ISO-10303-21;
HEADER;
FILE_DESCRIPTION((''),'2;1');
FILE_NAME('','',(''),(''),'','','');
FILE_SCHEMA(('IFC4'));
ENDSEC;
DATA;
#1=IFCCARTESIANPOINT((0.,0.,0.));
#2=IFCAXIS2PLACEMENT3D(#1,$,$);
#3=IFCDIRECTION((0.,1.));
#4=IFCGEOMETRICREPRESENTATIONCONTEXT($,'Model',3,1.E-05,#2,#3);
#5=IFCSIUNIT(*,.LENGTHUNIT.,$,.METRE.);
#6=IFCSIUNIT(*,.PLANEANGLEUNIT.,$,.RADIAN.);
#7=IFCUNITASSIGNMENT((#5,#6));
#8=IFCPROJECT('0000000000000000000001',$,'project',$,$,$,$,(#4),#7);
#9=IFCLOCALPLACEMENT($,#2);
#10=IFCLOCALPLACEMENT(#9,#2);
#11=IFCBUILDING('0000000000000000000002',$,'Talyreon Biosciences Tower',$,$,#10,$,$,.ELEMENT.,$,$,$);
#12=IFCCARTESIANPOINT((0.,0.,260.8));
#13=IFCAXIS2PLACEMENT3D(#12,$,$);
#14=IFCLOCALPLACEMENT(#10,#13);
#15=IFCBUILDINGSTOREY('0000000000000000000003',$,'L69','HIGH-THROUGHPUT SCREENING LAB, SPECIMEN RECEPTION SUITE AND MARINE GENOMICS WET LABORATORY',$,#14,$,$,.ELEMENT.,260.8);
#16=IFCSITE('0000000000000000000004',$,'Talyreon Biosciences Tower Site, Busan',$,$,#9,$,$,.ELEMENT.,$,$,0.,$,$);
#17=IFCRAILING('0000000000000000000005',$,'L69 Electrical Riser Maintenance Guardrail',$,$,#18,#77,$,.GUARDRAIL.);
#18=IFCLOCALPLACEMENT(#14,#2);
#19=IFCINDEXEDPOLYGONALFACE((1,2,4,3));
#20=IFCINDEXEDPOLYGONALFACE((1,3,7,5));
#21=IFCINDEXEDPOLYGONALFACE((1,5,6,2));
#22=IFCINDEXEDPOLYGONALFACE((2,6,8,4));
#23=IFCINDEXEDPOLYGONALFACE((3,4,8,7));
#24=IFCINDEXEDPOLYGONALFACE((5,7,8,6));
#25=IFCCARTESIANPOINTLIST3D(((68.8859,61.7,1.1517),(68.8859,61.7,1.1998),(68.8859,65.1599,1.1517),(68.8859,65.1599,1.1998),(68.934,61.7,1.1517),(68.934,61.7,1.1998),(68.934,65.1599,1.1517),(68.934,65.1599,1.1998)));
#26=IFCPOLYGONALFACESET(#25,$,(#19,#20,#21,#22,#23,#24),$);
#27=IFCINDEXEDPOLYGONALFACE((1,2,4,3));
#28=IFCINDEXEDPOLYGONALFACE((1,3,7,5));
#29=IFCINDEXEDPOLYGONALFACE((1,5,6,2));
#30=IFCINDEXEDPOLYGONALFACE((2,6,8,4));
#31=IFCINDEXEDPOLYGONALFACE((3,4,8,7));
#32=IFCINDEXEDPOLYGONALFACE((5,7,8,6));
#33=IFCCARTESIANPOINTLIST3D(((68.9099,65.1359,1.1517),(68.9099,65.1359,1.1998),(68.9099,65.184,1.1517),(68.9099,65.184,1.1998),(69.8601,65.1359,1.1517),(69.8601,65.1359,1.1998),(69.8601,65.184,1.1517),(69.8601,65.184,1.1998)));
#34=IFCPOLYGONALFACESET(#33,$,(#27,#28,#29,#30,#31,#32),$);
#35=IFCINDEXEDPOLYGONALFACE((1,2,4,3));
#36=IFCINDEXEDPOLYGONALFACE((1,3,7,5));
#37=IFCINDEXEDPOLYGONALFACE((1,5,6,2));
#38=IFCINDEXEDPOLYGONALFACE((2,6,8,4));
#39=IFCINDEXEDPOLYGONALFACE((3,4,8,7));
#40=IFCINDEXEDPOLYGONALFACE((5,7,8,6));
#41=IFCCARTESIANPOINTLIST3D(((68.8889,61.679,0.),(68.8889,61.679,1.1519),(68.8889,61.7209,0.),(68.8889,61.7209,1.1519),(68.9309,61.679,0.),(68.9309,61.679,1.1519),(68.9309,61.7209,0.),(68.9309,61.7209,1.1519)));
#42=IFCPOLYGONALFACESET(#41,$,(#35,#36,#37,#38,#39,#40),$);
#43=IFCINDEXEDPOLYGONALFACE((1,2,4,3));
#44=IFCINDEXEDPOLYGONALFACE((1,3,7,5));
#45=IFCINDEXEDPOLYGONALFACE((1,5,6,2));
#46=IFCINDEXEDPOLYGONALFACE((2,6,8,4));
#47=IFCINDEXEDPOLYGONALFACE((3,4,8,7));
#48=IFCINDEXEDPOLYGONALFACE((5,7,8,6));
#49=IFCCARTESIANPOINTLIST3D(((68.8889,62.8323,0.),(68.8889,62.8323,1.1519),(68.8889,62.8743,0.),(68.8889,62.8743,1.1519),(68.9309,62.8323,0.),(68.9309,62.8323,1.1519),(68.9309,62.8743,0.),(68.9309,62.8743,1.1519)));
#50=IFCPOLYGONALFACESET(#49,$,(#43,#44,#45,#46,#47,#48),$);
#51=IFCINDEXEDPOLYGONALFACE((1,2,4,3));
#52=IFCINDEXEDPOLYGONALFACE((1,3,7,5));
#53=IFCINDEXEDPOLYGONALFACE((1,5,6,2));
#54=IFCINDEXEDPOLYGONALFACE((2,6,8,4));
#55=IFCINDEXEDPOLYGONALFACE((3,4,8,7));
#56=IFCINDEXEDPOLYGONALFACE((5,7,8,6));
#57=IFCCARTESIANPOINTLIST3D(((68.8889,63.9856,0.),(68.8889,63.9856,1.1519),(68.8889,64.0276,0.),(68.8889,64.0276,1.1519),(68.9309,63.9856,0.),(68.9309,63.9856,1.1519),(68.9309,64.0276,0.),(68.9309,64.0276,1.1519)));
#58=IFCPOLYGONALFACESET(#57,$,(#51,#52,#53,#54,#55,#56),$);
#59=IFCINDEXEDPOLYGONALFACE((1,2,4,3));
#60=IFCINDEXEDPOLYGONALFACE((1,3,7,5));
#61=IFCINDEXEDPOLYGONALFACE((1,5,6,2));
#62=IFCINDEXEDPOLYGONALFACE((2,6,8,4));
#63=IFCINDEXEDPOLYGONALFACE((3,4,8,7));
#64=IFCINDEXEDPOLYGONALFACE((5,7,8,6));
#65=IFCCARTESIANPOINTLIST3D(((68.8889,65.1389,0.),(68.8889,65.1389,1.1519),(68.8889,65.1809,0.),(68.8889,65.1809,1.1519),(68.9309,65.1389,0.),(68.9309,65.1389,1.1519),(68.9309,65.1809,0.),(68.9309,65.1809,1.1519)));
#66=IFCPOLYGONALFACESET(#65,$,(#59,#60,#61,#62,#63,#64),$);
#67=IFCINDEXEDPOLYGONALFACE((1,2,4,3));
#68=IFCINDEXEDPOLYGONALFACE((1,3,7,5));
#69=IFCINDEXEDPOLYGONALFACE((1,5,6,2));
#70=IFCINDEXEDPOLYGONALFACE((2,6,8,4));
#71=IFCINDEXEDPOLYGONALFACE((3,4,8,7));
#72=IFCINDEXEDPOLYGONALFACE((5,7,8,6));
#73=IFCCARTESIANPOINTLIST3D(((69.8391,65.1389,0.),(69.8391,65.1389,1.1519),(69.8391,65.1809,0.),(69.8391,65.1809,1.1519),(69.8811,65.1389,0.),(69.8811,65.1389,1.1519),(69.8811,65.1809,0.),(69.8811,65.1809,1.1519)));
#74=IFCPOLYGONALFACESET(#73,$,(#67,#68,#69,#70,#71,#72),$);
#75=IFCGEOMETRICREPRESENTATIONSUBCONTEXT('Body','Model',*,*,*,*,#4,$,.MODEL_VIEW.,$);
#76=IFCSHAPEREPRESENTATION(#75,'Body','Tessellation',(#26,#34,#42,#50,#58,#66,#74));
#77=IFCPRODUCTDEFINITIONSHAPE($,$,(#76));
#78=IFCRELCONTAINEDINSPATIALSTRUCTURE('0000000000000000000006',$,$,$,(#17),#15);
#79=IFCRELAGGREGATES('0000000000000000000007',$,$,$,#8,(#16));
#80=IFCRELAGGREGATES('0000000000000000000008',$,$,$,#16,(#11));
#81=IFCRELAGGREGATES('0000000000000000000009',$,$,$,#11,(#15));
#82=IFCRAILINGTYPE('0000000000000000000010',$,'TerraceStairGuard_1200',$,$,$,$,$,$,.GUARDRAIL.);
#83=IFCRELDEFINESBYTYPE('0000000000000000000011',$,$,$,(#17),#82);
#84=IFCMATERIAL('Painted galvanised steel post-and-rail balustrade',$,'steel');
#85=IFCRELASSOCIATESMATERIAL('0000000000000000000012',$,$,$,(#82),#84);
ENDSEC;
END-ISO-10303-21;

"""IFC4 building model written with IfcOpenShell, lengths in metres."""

from ifc_helpers import new_model, si_unit, direction, frame, origin, origin_2d, place, context, subcontext, project, spatial, rectangle, extrude, material, type_object, element, save


model = new_model("IFC4")

# Units and contexts
model_context = context("Model", 3, precision=1e-05, world=origin(), true_north=direction((0.0, 1.0)))
body_context = subcontext(model_context, "Body", "Model", "MODEL_VIEW")
ifc_project = project(units=[si_unit("LENGTHUNIT", "METRE"), si_unit("PLANEANGLEUNIT", "RADIAN")], contexts=[model_context])

# Site, building, storey
site_placement = place(None, origin())
site = spatial("IfcSite", under=ifc_project, at=site_placement, Name="Talyreon Biosciences Tower Site, Busan", CompositionType="ELEMENT", RefElevation=0.0)
building_placement = place(site_placement, origin())
building = spatial("IfcBuilding", under=site, at=building_placement, Name="Talyreon Biosciences Tower", CompositionType="ELEMENT")
storey_placement = place(building_placement, frame((0.0, 0.0, 260.8)))
storey = spatial("IfcBuildingStorey", under=building, at=storey_placement, Name="L69", Description="HIGH-THROUGHPUT SCREENING LAB, SPECIMEN RECEPTION SUITE AND MARINE GENOMICS WET LABORATORY", CompositionType="ELEMENT", Elevation=260.8)

# Railing
ifc_material_1 = material(Name="Painted galvanised steel post-and-rail balustrade", Category="steel")
railing_type_1 = type_object("IfcRailingType", Name="TerraceStairGuard_1200", PredefinedType="GUARDRAIL", material=ifc_material_1)
railing_1_placement = place(storey_placement, frame((68.9099, 61.7, 0.0)))
element("IfcRailing", 1, at=railing_1_placement, inside=storey, type_object=railing_type_1, Name="L69 Electrical Riser Maintenance Guardrail", PredefinedType="GUARDRAIL", context=body_context, shape_type="SweptSolid", body=[
    extrude(rectangle(XDim=0.0481, YDim=0.0481, at=origin_2d()), frame((0.0, 0.0, 1.1758), z_axis=(0.0, 1.0, 0.0), x_axis=(-1.0, 0.0, 0.0)), (0.0, 0.0, 1.0), 3.46),
    extrude(rectangle(XDim=0.0481, YDim=0.0481, at=origin_2d()), frame((0.0, 3.46, 1.1758), z_axis=(1.0, 0.0, 0.0), x_axis=(0.0, 1.0, 0.0)), (0.0, 0.0, 1.0), 0.9502),
    extrude(rectangle(XDim=0.042, YDim=0.042, at=origin_2d()), origin(), (0.0, 0.0, 1.0), 1.1519),
    extrude(rectangle(XDim=0.042, YDim=0.042, at=origin_2d()), frame((0.0, 1.1533, 0.0)), (0.0, 0.0, 1.0), 1.1519),
    extrude(rectangle(XDim=0.042, YDim=0.042, at=origin_2d()), frame((0.0, 2.3066, 0.0)), (0.0, 0.0, 1.0), 1.1519),
    extrude(rectangle(XDim=0.042, YDim=0.042, at=origin_2d()), frame((0.0, 3.46, 0.0)), (0.0, 0.0, 1.0), 1.1519),
    extrude(rectangle(XDim=0.042, YDim=0.042, at=origin_2d()), frame((0.9502, 3.46, 0.0)), (0.0, 0.0, 1.0), 1.1519),
])

save(model, "model.ifc")
